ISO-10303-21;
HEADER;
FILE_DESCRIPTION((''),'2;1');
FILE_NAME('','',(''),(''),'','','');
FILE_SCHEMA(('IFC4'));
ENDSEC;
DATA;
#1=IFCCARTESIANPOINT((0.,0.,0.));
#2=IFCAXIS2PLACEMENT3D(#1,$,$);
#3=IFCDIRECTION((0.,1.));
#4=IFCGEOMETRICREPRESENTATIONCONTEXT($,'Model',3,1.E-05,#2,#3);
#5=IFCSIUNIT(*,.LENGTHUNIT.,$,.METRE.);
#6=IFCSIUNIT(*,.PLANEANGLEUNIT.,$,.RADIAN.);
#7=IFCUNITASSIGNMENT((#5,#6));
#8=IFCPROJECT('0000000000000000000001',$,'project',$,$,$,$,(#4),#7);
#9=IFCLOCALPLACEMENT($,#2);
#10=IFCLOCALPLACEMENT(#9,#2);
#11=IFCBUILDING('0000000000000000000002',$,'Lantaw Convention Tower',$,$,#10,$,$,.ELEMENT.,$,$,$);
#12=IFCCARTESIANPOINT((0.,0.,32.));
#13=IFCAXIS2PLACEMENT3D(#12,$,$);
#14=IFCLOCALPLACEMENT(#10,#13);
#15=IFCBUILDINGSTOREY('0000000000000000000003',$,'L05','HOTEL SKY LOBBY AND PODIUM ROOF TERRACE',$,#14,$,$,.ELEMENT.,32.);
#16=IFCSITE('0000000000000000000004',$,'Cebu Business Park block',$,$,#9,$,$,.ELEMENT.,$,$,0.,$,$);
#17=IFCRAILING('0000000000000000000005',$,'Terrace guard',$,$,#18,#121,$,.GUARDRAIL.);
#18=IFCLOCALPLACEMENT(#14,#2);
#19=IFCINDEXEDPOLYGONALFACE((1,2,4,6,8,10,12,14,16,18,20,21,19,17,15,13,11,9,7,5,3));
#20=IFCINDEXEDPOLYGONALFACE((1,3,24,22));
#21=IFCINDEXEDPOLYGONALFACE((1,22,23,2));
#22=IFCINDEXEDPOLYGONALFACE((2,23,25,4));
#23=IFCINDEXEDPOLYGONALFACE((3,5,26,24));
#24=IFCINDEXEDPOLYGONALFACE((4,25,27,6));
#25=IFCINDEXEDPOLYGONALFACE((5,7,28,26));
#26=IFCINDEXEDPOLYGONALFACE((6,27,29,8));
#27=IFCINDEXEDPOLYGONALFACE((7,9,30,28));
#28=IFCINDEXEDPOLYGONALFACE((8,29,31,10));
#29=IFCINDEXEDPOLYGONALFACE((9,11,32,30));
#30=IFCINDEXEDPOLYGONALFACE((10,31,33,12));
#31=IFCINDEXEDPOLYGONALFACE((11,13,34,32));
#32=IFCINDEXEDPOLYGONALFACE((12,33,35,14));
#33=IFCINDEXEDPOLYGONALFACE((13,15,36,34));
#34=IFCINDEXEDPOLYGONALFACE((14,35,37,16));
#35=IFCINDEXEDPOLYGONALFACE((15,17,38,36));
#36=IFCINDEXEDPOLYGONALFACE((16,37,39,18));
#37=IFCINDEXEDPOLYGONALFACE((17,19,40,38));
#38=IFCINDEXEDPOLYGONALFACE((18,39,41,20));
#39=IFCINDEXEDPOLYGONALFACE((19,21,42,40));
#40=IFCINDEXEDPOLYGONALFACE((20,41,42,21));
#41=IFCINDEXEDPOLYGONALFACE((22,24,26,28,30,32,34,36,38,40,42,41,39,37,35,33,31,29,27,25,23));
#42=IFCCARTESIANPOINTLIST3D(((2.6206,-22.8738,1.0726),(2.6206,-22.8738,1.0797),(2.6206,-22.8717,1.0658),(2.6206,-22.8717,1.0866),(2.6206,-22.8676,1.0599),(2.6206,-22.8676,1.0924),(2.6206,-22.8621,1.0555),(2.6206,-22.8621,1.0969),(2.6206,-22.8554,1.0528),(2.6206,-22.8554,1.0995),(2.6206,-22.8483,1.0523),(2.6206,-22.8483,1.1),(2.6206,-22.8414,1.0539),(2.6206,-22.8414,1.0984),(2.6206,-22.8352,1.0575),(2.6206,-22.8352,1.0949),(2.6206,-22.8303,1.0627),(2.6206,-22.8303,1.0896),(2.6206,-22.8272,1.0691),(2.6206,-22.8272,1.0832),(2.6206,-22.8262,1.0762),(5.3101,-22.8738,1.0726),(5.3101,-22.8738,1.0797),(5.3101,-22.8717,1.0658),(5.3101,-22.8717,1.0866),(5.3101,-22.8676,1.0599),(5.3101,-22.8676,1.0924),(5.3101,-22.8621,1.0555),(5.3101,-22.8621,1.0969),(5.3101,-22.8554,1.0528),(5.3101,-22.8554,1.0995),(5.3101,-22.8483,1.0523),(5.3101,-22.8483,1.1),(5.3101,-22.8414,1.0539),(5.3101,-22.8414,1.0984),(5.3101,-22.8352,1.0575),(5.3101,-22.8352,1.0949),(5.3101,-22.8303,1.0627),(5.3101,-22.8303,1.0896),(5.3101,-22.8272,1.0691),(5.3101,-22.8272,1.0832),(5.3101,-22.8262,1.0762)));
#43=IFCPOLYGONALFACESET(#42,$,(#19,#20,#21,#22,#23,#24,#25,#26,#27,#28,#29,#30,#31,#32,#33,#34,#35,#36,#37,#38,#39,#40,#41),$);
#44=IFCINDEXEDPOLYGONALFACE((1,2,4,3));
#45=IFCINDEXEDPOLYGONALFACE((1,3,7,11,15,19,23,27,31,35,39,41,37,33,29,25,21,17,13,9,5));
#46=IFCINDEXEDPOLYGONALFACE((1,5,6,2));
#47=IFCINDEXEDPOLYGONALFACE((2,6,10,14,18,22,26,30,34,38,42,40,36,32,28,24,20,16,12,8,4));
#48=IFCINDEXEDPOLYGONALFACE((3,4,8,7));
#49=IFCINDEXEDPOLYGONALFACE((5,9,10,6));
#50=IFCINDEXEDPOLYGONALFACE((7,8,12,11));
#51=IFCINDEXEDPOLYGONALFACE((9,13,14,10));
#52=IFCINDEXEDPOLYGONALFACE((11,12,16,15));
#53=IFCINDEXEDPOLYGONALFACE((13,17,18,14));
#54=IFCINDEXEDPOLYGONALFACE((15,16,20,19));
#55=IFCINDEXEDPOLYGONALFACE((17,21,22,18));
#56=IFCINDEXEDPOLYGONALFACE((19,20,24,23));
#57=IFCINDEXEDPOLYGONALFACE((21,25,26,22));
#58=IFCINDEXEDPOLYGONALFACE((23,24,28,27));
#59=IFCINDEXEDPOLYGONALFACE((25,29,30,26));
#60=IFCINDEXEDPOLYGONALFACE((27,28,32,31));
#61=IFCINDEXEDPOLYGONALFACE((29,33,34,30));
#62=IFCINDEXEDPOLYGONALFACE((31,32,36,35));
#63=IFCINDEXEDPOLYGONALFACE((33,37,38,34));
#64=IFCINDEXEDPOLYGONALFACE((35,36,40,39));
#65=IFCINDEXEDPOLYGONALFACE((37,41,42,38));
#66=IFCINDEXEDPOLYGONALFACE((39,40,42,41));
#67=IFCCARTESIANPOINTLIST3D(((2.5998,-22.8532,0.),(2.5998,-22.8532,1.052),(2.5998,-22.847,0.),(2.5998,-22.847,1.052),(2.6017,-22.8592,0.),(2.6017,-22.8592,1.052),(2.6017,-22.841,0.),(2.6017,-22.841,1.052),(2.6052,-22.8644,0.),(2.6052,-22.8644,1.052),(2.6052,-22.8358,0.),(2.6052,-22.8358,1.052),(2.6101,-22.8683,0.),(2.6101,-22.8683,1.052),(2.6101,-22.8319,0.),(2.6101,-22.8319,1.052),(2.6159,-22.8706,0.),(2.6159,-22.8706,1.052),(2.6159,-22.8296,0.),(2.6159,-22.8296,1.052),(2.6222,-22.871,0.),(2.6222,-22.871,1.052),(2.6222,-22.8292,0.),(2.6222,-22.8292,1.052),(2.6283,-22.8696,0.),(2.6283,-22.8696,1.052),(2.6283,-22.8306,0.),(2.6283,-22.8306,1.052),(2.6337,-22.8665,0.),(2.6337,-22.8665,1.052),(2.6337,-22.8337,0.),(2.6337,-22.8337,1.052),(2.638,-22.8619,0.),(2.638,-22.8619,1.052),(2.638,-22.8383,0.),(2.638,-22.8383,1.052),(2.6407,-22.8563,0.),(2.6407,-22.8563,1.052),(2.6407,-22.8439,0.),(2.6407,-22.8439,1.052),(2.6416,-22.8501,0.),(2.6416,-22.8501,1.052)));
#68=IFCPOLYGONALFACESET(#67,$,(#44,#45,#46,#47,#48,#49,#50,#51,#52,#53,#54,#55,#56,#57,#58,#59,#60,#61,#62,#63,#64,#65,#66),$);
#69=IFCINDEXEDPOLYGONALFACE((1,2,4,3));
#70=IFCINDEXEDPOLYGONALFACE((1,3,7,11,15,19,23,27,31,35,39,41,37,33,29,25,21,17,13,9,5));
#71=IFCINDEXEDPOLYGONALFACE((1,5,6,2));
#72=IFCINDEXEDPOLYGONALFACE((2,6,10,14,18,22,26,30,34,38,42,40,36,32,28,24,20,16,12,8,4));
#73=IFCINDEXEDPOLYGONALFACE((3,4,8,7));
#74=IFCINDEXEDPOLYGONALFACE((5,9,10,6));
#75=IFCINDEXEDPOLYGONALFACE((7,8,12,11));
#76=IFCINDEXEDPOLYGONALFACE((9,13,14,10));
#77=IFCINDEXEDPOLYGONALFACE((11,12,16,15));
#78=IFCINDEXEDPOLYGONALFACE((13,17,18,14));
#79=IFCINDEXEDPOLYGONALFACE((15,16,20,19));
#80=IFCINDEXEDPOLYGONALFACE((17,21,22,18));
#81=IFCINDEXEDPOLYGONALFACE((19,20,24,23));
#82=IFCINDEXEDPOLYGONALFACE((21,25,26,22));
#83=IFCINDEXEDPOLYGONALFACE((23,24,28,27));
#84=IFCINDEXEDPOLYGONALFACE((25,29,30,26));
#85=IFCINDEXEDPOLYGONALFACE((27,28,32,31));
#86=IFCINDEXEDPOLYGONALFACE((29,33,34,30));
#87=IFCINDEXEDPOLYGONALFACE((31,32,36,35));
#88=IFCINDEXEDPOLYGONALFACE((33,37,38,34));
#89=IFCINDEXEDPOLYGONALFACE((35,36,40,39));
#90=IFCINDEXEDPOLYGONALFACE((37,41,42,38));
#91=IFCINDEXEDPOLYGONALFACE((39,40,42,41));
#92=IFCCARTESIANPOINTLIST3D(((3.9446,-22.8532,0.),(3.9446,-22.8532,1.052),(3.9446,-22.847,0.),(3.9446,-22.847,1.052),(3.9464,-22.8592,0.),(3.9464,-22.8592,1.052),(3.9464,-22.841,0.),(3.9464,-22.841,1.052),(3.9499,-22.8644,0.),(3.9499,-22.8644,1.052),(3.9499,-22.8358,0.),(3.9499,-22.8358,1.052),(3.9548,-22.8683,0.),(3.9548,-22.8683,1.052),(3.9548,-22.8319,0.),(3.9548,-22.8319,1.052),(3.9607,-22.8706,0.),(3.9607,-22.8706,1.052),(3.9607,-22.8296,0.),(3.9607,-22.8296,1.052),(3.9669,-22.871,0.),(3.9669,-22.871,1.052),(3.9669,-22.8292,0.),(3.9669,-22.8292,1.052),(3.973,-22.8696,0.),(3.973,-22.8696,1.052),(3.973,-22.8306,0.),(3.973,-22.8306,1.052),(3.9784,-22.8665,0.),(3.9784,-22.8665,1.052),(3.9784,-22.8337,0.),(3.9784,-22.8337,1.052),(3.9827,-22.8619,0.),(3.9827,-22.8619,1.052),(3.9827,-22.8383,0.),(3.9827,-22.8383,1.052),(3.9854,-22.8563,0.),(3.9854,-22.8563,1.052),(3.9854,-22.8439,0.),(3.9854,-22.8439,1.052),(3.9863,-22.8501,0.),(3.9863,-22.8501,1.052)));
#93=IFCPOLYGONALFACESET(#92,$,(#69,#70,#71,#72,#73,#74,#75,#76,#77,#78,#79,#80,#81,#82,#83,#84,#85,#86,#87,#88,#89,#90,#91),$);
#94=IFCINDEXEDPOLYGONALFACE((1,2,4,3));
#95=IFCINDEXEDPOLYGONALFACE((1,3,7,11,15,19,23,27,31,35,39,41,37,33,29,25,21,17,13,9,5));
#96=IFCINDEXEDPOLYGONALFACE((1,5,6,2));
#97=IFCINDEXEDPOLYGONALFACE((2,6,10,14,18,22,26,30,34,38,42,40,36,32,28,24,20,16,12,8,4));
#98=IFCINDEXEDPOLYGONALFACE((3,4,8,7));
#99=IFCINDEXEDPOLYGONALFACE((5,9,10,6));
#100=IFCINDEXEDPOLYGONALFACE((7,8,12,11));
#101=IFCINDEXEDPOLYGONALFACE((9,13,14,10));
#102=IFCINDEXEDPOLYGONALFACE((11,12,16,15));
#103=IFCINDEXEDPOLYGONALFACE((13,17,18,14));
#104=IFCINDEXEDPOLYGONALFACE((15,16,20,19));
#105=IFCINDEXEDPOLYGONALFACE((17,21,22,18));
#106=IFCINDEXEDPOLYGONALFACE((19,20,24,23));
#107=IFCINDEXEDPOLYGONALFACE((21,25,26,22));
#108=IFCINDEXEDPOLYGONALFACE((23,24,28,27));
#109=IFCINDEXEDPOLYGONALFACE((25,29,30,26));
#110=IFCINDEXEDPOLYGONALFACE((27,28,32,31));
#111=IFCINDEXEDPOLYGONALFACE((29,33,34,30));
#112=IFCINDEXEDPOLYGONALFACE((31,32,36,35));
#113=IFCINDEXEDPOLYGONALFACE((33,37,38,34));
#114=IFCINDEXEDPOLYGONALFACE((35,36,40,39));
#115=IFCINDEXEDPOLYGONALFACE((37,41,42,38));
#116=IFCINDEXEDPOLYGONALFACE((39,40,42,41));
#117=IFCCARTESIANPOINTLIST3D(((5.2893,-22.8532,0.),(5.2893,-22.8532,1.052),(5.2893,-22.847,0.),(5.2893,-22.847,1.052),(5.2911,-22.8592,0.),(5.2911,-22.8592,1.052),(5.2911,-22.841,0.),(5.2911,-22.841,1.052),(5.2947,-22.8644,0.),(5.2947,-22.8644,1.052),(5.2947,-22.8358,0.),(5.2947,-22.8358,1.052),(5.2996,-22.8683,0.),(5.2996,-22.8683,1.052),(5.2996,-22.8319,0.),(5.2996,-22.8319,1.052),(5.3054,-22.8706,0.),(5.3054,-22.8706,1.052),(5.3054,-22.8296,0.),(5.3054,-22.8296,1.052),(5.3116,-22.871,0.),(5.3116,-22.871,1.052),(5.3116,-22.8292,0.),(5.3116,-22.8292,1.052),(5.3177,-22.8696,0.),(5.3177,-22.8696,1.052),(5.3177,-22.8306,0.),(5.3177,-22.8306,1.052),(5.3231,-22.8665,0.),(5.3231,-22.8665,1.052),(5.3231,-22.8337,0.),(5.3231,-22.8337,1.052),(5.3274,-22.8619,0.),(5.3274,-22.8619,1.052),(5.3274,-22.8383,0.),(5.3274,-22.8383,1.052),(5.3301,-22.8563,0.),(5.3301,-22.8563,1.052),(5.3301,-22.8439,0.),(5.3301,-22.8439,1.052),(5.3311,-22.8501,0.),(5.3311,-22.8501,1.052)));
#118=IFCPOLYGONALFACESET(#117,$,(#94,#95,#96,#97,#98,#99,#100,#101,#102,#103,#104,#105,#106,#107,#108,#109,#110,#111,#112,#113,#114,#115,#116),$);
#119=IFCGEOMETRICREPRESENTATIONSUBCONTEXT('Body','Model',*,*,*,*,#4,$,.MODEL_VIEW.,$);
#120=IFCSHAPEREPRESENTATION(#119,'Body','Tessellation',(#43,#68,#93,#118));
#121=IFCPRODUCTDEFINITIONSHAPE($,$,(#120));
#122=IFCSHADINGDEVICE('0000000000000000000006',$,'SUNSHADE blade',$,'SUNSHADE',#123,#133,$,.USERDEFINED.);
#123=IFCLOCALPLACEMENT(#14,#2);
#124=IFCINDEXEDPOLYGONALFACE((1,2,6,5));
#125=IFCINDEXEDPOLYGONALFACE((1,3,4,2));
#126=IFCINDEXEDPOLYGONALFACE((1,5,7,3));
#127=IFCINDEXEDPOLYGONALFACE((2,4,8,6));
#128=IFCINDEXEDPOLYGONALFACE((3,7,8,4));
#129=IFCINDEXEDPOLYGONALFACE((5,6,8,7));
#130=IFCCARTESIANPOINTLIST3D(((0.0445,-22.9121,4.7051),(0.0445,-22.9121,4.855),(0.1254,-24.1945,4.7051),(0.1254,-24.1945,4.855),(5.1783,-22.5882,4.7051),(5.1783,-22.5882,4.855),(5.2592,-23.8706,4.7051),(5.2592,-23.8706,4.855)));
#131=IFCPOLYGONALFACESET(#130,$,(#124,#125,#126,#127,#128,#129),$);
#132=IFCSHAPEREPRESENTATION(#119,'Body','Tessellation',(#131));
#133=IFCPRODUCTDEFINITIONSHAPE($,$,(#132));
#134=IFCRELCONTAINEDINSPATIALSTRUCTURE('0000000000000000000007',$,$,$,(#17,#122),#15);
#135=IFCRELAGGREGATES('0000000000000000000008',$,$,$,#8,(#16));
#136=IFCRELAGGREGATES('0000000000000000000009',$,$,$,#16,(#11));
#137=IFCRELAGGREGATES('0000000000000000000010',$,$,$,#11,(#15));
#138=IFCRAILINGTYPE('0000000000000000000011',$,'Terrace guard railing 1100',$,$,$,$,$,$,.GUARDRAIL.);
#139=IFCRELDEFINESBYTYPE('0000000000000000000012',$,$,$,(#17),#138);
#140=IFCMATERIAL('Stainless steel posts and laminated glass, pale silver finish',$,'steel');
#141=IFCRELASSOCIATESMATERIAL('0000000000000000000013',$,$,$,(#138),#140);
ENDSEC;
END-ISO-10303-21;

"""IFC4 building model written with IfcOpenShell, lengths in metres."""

from ifc_helpers import new_model, si_unit, direction, frame, origin, origin_2d, place, context, subcontext, project, spatial, rectangle, circle, extrude, material, type_object, element, save


model = new_model("IFC4")

# Units and contexts
model_context = context("Model", 3, precision=1e-05, world=origin(), true_north=direction((0.0, 1.0)))
body_context = subcontext(model_context, "Body", "Model", "MODEL_VIEW")
ifc_project = project(units=[si_unit("LENGTHUNIT", "METRE"), si_unit("PLANEANGLEUNIT", "RADIAN")], contexts=[model_context])

# Site, building, storey
site_placement = place(None, origin())
site = spatial("IfcSite", under=ifc_project, at=site_placement, Name="Cebu Business Park block", CompositionType="ELEMENT", RefElevation=0.0)
building_placement = place(site_placement, origin())
building = spatial("IfcBuilding", under=site, at=building_placement, Name="Lantaw Convention Tower", CompositionType="ELEMENT")
storey_placement = place(building_placement, frame((0.0, 0.0, 32.0)))
storey = spatial("IfcBuildingStorey", under=building, at=storey_placement, Name="L05", Description="HOTEL SKY LOBBY AND PODIUM ROOF TERRACE", CompositionType="ELEMENT", Elevation=32.0)

# Railing
ifc_material_1 = material(Name="Stainless steel posts and laminated glass, pale silver finish", Category="steel")
railing_type = type_object("IfcRailingType", Name="Terrace guard railing 1100", PredefinedType="GUARDRAIL", material=ifc_material_1)
railing_placement = place(storey_placement, frame((2.6206, -22.8501, 0.0)))
element("IfcRailing", 1, at=railing_placement, inside=storey, type_object=railing_type, Name="Terrace guard", PredefinedType="GUARDRAIL", context=body_context, shape_type="SweptSolid", body=[
    extrude(circle(Radius=0.0239, at=origin_2d()), frame((0.0, 0.0, 1.0762), z_axis=(1.0, 0.0, 0.0), x_axis=(0.0, 1.0, 0.0)), (0.0, 0.0, 1.0), 2.6895),
    extrude(circle(Radius=0.021, at=origin_2d()), origin(), (0.0, 0.0, 1.0), 1.052),
    extrude(circle(Radius=0.021, at=origin_2d()), frame((1.3447, 0.0, 0.0)), (0.0, 0.0, 1.0), 1.052),
    extrude(circle(Radius=0.021, at=origin_2d()), frame((2.6895, 0.0, 0.0)), (0.0, 0.0, 1.0), 1.052),
])

# Shading device
shading_device_placement = place(storey_placement, frame((2.6519, -23.3914, 4.7051), z_axis=(0.0, 0.0, 1.0), x_axis=(0.998016, 0.062958, 0.0)))
element("IfcShadingDevice", 2, at=shading_device_placement, inside=storey, Name="SUNSHADE blade", ObjectType="SUNSHADE", PredefinedType="USERDEFINED", context=body_context, shape_type="SweptSolid", body=[
    extrude(rectangle(XDim=5.144, YDim=1.2849, at=origin_2d()), origin(), (0.0, 0.0, 1.0), 0.1499),
])

save(model, "model.ifc")
